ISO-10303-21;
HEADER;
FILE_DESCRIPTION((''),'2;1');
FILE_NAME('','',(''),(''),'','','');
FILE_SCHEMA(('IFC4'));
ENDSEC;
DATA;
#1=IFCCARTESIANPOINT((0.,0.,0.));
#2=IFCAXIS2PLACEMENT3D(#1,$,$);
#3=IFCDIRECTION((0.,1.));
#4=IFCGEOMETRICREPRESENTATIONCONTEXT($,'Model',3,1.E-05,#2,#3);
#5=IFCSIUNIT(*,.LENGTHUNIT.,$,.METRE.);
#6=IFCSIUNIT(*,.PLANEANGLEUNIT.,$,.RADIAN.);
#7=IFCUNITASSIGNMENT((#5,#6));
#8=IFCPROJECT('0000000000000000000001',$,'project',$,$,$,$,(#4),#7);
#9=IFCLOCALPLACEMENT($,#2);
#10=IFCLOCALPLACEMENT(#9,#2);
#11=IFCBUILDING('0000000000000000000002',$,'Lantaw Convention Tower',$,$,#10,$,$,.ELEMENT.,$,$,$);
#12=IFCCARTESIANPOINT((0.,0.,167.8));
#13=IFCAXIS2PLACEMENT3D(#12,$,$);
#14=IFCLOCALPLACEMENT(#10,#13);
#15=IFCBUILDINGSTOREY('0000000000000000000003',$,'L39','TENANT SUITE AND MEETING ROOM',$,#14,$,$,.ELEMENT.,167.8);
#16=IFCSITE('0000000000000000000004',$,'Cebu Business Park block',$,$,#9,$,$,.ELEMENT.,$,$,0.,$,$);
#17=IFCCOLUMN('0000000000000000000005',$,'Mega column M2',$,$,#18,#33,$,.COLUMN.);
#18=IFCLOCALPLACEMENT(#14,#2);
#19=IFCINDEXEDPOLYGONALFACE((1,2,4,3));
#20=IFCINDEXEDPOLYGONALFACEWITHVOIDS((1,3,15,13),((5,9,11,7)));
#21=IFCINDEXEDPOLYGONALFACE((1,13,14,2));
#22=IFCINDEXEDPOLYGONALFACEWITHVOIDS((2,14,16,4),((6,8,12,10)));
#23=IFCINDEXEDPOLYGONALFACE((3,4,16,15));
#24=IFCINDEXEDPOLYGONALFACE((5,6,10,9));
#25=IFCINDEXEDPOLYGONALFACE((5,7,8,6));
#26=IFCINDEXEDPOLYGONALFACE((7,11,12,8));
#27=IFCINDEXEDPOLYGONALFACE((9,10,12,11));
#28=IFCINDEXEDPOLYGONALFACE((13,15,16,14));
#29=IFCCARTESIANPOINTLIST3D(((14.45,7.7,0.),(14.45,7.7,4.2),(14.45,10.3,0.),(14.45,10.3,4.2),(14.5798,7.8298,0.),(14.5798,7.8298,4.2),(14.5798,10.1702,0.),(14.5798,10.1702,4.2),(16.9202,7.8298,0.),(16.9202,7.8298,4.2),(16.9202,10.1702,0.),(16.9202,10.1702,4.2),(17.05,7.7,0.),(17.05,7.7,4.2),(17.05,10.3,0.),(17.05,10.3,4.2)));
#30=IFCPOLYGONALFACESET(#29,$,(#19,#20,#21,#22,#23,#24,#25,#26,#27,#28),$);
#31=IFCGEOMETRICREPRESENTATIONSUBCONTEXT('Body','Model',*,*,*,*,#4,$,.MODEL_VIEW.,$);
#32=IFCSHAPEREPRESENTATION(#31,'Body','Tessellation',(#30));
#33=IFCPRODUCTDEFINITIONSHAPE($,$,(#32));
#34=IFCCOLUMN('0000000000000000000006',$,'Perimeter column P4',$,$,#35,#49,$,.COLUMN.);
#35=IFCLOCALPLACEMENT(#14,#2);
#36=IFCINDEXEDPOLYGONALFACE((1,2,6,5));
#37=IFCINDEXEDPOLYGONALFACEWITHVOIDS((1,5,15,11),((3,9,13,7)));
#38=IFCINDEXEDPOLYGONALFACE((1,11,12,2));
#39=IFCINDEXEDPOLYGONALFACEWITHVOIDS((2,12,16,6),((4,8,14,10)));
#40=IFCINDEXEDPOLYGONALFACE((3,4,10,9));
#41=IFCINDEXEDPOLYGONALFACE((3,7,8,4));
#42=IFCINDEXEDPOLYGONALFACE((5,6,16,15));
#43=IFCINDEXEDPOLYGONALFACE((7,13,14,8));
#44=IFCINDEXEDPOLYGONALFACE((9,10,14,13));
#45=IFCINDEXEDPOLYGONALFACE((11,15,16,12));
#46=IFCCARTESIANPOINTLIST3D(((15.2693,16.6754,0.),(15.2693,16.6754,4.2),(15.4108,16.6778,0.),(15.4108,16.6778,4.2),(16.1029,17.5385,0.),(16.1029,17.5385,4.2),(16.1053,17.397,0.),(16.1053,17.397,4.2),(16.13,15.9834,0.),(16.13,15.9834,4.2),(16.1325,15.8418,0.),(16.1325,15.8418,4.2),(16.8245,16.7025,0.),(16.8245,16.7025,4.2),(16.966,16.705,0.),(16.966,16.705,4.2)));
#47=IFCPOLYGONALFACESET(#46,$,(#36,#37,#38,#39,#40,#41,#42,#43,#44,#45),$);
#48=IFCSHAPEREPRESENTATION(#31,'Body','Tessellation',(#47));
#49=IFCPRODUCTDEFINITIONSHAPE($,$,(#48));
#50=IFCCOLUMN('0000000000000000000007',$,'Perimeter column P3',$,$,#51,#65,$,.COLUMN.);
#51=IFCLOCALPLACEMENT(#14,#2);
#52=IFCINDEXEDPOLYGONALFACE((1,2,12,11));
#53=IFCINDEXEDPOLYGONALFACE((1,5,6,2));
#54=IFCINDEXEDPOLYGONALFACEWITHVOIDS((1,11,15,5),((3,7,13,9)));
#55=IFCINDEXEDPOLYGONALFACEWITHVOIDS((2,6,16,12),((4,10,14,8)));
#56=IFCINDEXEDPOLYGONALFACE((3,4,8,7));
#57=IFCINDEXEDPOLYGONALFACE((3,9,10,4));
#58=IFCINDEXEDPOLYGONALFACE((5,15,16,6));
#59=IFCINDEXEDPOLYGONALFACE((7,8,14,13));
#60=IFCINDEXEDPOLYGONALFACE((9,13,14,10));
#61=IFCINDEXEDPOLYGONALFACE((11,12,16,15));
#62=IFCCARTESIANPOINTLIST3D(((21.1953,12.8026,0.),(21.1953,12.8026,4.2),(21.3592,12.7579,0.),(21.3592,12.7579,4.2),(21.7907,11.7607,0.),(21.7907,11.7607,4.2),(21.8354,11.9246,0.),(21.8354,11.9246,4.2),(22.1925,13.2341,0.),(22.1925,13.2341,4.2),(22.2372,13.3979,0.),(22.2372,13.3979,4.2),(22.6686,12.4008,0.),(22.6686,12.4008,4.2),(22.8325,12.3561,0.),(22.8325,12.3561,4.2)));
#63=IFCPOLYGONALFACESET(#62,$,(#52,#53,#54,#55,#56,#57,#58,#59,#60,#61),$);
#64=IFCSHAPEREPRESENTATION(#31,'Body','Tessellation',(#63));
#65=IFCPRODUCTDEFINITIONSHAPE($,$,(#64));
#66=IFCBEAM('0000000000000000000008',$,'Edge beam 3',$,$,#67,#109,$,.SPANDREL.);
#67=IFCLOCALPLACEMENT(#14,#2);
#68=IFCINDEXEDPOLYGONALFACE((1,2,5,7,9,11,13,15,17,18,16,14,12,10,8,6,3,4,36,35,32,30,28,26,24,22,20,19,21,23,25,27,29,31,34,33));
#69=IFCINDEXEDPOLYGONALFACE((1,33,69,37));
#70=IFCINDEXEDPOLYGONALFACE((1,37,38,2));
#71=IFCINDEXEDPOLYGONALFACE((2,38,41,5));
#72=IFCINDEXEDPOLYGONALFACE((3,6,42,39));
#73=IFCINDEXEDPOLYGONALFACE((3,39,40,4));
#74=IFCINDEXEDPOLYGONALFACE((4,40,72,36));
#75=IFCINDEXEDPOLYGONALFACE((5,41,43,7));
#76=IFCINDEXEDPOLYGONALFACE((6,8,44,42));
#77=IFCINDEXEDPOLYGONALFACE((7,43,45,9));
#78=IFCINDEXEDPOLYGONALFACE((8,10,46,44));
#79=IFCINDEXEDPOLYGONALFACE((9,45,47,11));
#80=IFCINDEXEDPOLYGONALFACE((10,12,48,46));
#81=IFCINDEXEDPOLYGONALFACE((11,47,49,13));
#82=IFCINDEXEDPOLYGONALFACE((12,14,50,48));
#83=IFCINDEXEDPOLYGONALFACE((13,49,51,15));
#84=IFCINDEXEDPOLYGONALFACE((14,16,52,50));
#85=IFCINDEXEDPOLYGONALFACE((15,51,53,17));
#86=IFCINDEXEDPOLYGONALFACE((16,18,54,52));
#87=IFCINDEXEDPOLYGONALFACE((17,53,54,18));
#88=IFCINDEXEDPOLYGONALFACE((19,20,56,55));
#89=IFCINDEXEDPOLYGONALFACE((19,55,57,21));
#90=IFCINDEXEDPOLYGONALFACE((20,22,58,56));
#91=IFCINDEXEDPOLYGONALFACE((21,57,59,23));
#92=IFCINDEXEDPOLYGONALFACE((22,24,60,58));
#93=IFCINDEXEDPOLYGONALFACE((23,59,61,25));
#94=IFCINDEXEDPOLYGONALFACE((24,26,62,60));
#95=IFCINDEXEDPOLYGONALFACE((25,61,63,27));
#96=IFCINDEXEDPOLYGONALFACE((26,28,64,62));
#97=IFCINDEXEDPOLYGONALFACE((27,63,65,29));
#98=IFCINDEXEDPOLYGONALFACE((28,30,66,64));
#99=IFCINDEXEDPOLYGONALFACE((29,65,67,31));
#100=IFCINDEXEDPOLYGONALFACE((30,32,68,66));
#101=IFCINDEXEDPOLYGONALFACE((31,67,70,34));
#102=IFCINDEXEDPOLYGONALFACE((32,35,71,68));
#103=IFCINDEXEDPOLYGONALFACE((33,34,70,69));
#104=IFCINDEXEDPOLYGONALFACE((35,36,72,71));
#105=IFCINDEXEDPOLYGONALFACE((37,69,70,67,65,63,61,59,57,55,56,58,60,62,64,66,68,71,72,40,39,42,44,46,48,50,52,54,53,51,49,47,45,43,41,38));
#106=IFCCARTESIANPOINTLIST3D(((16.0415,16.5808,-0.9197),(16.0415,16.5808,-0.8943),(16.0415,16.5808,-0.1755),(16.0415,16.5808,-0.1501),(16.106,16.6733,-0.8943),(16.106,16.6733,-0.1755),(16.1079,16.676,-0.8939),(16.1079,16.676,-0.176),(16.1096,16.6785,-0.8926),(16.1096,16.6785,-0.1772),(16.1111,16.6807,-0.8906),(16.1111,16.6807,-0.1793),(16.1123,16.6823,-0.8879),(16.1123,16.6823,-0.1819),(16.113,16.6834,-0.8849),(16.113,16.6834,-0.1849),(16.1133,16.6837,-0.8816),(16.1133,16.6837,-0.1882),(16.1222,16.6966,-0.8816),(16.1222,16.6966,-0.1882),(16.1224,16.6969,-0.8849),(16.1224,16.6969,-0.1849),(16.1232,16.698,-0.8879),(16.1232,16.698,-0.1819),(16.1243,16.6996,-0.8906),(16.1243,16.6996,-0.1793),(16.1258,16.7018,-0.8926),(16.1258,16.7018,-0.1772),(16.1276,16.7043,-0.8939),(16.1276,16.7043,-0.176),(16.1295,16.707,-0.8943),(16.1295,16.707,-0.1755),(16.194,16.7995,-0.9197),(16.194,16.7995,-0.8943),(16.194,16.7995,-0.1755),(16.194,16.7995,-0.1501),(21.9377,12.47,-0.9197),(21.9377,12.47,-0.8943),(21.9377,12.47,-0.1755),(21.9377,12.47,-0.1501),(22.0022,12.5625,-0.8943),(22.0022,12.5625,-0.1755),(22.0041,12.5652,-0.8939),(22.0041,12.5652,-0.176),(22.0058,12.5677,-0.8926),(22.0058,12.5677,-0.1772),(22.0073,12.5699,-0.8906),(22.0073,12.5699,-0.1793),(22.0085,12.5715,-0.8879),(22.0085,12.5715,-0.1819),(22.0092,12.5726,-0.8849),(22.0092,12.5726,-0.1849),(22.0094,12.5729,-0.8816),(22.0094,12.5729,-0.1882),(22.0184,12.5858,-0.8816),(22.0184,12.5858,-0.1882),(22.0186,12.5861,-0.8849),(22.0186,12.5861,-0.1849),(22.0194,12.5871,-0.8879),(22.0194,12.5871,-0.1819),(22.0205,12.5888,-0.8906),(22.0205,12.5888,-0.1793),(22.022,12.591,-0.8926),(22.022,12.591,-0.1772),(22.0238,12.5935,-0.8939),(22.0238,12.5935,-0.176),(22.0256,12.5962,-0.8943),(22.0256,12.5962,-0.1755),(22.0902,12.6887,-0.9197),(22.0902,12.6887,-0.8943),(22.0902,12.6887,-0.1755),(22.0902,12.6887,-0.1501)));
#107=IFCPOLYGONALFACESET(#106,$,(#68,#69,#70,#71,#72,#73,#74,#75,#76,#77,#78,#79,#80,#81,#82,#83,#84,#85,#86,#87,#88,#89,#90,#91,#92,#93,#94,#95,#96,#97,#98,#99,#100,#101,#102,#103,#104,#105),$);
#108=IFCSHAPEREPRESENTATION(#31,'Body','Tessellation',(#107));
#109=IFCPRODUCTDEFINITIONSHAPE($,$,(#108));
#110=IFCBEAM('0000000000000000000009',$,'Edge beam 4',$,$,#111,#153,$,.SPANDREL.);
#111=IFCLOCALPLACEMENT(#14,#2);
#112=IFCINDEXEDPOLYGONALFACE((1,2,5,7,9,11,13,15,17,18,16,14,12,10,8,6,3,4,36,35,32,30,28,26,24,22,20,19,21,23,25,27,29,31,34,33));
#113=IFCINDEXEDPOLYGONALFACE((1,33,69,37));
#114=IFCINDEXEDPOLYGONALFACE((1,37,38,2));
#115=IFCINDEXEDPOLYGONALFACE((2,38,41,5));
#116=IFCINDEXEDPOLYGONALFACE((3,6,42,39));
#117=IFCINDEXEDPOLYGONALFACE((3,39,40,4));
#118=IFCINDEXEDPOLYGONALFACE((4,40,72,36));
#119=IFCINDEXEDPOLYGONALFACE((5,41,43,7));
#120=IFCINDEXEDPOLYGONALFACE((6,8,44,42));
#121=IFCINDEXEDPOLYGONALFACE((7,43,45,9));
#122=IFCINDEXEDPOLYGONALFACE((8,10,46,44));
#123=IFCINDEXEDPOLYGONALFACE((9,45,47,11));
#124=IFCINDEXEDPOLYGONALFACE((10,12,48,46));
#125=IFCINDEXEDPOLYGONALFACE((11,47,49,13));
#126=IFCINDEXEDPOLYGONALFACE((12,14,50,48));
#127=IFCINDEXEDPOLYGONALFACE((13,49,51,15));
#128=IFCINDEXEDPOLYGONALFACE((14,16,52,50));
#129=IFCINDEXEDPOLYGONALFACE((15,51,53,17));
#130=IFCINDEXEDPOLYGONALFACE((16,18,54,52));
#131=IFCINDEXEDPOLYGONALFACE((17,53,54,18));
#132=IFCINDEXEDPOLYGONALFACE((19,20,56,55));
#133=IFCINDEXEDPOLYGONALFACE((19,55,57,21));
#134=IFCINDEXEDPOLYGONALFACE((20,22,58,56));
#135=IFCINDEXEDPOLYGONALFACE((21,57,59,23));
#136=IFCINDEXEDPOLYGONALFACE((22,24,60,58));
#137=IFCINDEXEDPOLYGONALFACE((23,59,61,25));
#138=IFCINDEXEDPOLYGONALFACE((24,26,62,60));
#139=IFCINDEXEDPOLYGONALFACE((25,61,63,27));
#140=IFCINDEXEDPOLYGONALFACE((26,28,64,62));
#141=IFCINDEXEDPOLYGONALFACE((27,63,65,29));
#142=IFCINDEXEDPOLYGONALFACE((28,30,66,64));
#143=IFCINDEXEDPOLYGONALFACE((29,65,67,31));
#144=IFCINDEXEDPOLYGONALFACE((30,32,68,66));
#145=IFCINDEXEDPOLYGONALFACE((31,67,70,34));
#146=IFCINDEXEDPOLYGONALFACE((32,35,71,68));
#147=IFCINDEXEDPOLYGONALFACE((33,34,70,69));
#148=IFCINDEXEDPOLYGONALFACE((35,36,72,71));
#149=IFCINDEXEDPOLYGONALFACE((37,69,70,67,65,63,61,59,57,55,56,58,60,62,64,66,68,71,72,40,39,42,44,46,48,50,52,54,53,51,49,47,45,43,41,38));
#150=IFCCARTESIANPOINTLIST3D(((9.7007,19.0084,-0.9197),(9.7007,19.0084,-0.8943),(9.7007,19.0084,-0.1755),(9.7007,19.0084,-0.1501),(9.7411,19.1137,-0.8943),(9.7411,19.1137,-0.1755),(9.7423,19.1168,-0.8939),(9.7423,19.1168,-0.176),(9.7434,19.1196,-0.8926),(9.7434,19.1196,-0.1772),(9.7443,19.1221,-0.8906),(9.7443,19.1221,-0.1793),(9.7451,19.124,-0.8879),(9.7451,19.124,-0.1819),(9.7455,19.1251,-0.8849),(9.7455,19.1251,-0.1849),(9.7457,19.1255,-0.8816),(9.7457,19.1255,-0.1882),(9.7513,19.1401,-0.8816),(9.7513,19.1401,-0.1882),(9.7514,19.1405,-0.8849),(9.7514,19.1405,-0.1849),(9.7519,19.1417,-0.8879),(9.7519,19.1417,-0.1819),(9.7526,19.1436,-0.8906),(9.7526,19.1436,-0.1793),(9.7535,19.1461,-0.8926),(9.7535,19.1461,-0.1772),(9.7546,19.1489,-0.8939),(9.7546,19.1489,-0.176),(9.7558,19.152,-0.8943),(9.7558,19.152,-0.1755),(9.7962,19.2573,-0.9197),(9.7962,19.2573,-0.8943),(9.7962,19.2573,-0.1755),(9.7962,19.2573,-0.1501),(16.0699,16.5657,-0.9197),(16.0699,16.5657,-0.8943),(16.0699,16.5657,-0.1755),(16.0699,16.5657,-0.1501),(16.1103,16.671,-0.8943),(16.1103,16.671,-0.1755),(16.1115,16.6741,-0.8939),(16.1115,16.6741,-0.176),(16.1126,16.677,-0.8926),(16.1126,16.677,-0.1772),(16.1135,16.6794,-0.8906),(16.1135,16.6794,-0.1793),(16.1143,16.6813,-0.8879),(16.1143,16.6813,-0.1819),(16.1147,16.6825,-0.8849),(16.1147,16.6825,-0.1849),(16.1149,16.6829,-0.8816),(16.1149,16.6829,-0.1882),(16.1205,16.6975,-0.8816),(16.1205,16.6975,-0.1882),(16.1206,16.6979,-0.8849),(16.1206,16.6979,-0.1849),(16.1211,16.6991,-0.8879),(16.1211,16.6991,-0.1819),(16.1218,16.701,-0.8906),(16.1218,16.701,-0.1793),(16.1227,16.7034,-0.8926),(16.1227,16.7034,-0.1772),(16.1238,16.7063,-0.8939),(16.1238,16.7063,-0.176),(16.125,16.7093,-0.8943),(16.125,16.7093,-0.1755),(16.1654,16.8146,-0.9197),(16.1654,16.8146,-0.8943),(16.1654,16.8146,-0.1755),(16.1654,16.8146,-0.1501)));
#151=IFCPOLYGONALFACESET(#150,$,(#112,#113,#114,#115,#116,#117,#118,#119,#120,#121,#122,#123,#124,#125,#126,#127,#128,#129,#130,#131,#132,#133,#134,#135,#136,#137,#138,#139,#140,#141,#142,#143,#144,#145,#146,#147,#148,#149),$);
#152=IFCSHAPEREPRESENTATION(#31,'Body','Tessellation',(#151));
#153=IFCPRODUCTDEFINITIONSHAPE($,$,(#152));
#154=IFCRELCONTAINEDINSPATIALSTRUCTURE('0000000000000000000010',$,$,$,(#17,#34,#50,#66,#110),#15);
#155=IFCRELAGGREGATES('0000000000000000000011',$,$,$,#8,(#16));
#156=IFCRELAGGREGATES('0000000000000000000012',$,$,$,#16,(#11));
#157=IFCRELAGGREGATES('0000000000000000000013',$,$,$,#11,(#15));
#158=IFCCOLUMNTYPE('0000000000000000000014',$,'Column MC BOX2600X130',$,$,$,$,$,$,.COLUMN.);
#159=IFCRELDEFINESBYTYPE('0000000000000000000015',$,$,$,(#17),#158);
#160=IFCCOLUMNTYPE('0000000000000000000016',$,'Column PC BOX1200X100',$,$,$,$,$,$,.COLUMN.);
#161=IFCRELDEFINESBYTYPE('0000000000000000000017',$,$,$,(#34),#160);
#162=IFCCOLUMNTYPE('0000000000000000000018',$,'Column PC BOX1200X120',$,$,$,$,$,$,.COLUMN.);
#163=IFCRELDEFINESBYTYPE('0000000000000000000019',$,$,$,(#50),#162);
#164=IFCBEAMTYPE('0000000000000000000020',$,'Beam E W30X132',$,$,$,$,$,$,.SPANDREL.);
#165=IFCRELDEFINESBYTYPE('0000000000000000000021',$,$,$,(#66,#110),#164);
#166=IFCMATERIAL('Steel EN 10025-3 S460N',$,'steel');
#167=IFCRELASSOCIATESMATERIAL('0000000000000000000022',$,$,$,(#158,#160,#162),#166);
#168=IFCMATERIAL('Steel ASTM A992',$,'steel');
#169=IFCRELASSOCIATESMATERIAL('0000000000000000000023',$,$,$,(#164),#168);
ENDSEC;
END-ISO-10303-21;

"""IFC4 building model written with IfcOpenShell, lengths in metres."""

from ifc_helpers import new_model, si_unit, direction, frame, origin, origin_2d, place, context, subcontext, project, spatial, rectangle, hollow_rectangle, i_section, extrude, material, material_profile, profile_set, type_object, element, save


model = new_model("IFC4")

# Units and contexts
model_context = context("Model", 3, precision=1e-05, world=origin(), true_north=direction((0.0, 1.0)))
body_context = subcontext(model_context, "Body", "Model", "MODEL_VIEW")
ifc_project = project(units=[si_unit("LENGTHUNIT", "METRE"), si_unit("PLANEANGLEUNIT", "RADIAN")], contexts=[model_context])

# Site, building, storey
site_placement = place(None, origin())
site = spatial("IfcSite", under=ifc_project, at=site_placement, Name="Cebu Business Park block", CompositionType="ELEMENT", RefElevation=0.0)
building_placement = place(site_placement, origin())
building = spatial("IfcBuilding", under=site, at=building_placement, Name="Lantaw Convention Tower", CompositionType="ELEMENT")
storey_placement = place(building_placement, frame((0.0, 0.0, 167.8)))
storey = spatial("IfcBuildingStorey", under=building, at=storey_placement, Name="L39", Description="TENANT SUITE AND MEETING ROOM", CompositionType="ELEMENT", Elevation=167.8)

# Columns
ifc_material_1 = material(Name="Steel EN 10025-3 S460N", Category="steel")
ifc_material_profile_1 = material_profile(ifc_material_1, hollow_rectangle(XDim=2.6001, YDim=2.6001, WallThickness=0.1299, at=origin_2d()), Name="BOX2600X130")
ifc_material_2 = material(Name="Concrete C60/75", Category="concrete")
ifc_material_profile_2 = material_profile(ifc_material_2, rectangle(XDim=2.3401, YDim=2.3401, at=origin_2d()), Name="Concrete fill of BOX2600X130")
ifc_profile_set_1 = profile_set([ifc_material_profile_1, ifc_material_profile_2], Name="Steel EN 10025-3 S460N")
column_type_1 = type_object("IfcColumnType", Name="Column MC BOX2600X130", PredefinedType="COLUMN", material=ifc_profile_set_1)
column_1_placement = place(storey_placement, frame((15.75, 9.0, 0.0), z_axis=(0.0, 0.0, 1.0), x_axis=(1.0, 0.0, 0.0)))
element("IfcColumn", 1, at=column_1_placement, inside=storey, type_object=column_type_1, Name="Mega column M2", PredefinedType="COLUMN", context=body_context, shape_type="SweptSolid", body=[
    extrude(hollow_rectangle(XDim=2.6001, YDim=2.6001, WallThickness=0.1299, at=origin_2d()), origin(), (0.0, 0.0, 1.0), 4.2),
])
ifc_material_profile_3 = material_profile(ifc_material_1, hollow_rectangle(XDim=1.2, YDim=1.2, WallThickness=0.1001, at=origin_2d()), Name="BOX1200X100")
ifc_material_profile_4 = material_profile(ifc_material_2, rectangle(XDim=1.0, YDim=1.0, at=origin_2d()), Name="Concrete fill of BOX1200X100")
ifc_profile_set_2 = profile_set([ifc_material_profile_3, ifc_material_profile_4], Name="Steel EN 10025-3 S460N")
column_type_2 = type_object("IfcColumnType", Name="Column PC BOX1200X100", PredefinedType="COLUMN", material=ifc_profile_set_2)
column_2_placement = place(storey_placement, frame((16.1177, 16.6902, 0.0), z_axis=(0.0, 0.0, 1.0), x_axis=(0.694658, 0.71934, 0.0)))
element("IfcColumn", 2, at=column_2_placement, inside=storey, type_object=column_type_2, Name="Perimeter column P4", PredefinedType="COLUMN", context=body_context, shape_type="SweptSolid", body=[
    extrude(hollow_rectangle(XDim=1.2, YDim=1.2, WallThickness=0.1001, at=origin_2d()), origin(), (0.0, 0.0, 1.0), 4.2),
])
ifc_material_profile_5 = material_profile(ifc_material_1, hollow_rectangle(XDim=1.2, YDim=1.2, WallThickness=0.1201, at=origin_2d()), Name="BOX1200X120")
ifc_material_profile_6 = material_profile(ifc_material_2, rectangle(XDim=0.96, YDim=0.96, at=origin_2d()), Name="Concrete fill of BOX1200X120")
ifc_profile_set_3 = profile_set([ifc_material_profile_5, ifc_material_profile_6], Name="Steel EN 10025-3 S460N")
column_type_3 = type_object("IfcColumnType", Name="Column PC BOX1200X120", PredefinedType="COLUMN", material=ifc_profile_set_3)
column_3_placement = place(storey_placement, frame((22.0139, 12.5793, 0.0), z_axis=(0.0, 0.0, 1.0), x_axis=(0.868243, 0.496139, 0.0)))
element("IfcColumn", 3, at=column_3_placement, inside=storey, type_object=column_type_3, Name="Perimeter column P3", PredefinedType="COLUMN", context=body_context, shape_type="SweptSolid", body=[
    extrude(hollow_rectangle(XDim=1.2, YDim=1.2, WallThickness=0.1201, at=origin_2d()), origin(), (0.0, 0.0, 1.0), 4.2),
])

# Beams
ifc_material_3 = material(Name="Steel ASTM A992", Category="steel")
ifc_material_profile_7 = material_profile(ifc_material_3, i_section(OverallWidth=0.2666, OverallDepth=0.7695, WebThickness=0.0156, FlangeThickness=0.0254, FilletRadius=0.0127, at=origin_2d()), Name="W30X132")
ifc_profile_set_4 = profile_set([ifc_material_profile_7], Name="Steel ASTM A992")
beam_type_1 = type_object("IfcBeamType", Name="Beam E W30X132", PredefinedType="SPANDREL", material=ifc_profile_set_4)
beam_1_placement = place(storey_placement, frame((22.0139, 12.5793, -0.5349), z_axis=(-0.820311, 0.571918, 0.0), x_axis=(-0.571918, -0.820311, 0.0)))
element("IfcBeam", 4, at=beam_1_placement, inside=storey, type_object=beam_type_1, Name="Edge beam 3", PredefinedType="SPANDREL", context=body_context, shape_type="SweptSolid", body=[
    extrude(i_section(OverallWidth=0.2666, OverallDepth=0.7695, WebThickness=0.0156, FlangeThickness=0.0254, FilletRadius=0.0127, at=origin_2d()), origin(), (0.0, 0.0, 1.0), 7.1877),
])
beam_2_placement = place(storey_placement, frame((16.1177, 16.6902, -0.5349), z_axis=(-0.933691, 0.35808, 0.0), x_axis=(-0.35808, -0.933691, 0.0)))
element("IfcBeam", 5, at=beam_2_placement, inside=storey, type_object=beam_type_1, Name="Edge beam 4", PredefinedType="SPANDREL", context=body_context, shape_type="SweptSolid", body=[
    extrude(i_section(OverallWidth=0.2666, OverallDepth=0.7695, WebThickness=0.0156, FlangeThickness=0.0254, FilletRadius=0.0127, at=origin_2d()), origin(), (0.0, 0.0, 1.0), 6.8215),
])

save(model, "model.ifc")
